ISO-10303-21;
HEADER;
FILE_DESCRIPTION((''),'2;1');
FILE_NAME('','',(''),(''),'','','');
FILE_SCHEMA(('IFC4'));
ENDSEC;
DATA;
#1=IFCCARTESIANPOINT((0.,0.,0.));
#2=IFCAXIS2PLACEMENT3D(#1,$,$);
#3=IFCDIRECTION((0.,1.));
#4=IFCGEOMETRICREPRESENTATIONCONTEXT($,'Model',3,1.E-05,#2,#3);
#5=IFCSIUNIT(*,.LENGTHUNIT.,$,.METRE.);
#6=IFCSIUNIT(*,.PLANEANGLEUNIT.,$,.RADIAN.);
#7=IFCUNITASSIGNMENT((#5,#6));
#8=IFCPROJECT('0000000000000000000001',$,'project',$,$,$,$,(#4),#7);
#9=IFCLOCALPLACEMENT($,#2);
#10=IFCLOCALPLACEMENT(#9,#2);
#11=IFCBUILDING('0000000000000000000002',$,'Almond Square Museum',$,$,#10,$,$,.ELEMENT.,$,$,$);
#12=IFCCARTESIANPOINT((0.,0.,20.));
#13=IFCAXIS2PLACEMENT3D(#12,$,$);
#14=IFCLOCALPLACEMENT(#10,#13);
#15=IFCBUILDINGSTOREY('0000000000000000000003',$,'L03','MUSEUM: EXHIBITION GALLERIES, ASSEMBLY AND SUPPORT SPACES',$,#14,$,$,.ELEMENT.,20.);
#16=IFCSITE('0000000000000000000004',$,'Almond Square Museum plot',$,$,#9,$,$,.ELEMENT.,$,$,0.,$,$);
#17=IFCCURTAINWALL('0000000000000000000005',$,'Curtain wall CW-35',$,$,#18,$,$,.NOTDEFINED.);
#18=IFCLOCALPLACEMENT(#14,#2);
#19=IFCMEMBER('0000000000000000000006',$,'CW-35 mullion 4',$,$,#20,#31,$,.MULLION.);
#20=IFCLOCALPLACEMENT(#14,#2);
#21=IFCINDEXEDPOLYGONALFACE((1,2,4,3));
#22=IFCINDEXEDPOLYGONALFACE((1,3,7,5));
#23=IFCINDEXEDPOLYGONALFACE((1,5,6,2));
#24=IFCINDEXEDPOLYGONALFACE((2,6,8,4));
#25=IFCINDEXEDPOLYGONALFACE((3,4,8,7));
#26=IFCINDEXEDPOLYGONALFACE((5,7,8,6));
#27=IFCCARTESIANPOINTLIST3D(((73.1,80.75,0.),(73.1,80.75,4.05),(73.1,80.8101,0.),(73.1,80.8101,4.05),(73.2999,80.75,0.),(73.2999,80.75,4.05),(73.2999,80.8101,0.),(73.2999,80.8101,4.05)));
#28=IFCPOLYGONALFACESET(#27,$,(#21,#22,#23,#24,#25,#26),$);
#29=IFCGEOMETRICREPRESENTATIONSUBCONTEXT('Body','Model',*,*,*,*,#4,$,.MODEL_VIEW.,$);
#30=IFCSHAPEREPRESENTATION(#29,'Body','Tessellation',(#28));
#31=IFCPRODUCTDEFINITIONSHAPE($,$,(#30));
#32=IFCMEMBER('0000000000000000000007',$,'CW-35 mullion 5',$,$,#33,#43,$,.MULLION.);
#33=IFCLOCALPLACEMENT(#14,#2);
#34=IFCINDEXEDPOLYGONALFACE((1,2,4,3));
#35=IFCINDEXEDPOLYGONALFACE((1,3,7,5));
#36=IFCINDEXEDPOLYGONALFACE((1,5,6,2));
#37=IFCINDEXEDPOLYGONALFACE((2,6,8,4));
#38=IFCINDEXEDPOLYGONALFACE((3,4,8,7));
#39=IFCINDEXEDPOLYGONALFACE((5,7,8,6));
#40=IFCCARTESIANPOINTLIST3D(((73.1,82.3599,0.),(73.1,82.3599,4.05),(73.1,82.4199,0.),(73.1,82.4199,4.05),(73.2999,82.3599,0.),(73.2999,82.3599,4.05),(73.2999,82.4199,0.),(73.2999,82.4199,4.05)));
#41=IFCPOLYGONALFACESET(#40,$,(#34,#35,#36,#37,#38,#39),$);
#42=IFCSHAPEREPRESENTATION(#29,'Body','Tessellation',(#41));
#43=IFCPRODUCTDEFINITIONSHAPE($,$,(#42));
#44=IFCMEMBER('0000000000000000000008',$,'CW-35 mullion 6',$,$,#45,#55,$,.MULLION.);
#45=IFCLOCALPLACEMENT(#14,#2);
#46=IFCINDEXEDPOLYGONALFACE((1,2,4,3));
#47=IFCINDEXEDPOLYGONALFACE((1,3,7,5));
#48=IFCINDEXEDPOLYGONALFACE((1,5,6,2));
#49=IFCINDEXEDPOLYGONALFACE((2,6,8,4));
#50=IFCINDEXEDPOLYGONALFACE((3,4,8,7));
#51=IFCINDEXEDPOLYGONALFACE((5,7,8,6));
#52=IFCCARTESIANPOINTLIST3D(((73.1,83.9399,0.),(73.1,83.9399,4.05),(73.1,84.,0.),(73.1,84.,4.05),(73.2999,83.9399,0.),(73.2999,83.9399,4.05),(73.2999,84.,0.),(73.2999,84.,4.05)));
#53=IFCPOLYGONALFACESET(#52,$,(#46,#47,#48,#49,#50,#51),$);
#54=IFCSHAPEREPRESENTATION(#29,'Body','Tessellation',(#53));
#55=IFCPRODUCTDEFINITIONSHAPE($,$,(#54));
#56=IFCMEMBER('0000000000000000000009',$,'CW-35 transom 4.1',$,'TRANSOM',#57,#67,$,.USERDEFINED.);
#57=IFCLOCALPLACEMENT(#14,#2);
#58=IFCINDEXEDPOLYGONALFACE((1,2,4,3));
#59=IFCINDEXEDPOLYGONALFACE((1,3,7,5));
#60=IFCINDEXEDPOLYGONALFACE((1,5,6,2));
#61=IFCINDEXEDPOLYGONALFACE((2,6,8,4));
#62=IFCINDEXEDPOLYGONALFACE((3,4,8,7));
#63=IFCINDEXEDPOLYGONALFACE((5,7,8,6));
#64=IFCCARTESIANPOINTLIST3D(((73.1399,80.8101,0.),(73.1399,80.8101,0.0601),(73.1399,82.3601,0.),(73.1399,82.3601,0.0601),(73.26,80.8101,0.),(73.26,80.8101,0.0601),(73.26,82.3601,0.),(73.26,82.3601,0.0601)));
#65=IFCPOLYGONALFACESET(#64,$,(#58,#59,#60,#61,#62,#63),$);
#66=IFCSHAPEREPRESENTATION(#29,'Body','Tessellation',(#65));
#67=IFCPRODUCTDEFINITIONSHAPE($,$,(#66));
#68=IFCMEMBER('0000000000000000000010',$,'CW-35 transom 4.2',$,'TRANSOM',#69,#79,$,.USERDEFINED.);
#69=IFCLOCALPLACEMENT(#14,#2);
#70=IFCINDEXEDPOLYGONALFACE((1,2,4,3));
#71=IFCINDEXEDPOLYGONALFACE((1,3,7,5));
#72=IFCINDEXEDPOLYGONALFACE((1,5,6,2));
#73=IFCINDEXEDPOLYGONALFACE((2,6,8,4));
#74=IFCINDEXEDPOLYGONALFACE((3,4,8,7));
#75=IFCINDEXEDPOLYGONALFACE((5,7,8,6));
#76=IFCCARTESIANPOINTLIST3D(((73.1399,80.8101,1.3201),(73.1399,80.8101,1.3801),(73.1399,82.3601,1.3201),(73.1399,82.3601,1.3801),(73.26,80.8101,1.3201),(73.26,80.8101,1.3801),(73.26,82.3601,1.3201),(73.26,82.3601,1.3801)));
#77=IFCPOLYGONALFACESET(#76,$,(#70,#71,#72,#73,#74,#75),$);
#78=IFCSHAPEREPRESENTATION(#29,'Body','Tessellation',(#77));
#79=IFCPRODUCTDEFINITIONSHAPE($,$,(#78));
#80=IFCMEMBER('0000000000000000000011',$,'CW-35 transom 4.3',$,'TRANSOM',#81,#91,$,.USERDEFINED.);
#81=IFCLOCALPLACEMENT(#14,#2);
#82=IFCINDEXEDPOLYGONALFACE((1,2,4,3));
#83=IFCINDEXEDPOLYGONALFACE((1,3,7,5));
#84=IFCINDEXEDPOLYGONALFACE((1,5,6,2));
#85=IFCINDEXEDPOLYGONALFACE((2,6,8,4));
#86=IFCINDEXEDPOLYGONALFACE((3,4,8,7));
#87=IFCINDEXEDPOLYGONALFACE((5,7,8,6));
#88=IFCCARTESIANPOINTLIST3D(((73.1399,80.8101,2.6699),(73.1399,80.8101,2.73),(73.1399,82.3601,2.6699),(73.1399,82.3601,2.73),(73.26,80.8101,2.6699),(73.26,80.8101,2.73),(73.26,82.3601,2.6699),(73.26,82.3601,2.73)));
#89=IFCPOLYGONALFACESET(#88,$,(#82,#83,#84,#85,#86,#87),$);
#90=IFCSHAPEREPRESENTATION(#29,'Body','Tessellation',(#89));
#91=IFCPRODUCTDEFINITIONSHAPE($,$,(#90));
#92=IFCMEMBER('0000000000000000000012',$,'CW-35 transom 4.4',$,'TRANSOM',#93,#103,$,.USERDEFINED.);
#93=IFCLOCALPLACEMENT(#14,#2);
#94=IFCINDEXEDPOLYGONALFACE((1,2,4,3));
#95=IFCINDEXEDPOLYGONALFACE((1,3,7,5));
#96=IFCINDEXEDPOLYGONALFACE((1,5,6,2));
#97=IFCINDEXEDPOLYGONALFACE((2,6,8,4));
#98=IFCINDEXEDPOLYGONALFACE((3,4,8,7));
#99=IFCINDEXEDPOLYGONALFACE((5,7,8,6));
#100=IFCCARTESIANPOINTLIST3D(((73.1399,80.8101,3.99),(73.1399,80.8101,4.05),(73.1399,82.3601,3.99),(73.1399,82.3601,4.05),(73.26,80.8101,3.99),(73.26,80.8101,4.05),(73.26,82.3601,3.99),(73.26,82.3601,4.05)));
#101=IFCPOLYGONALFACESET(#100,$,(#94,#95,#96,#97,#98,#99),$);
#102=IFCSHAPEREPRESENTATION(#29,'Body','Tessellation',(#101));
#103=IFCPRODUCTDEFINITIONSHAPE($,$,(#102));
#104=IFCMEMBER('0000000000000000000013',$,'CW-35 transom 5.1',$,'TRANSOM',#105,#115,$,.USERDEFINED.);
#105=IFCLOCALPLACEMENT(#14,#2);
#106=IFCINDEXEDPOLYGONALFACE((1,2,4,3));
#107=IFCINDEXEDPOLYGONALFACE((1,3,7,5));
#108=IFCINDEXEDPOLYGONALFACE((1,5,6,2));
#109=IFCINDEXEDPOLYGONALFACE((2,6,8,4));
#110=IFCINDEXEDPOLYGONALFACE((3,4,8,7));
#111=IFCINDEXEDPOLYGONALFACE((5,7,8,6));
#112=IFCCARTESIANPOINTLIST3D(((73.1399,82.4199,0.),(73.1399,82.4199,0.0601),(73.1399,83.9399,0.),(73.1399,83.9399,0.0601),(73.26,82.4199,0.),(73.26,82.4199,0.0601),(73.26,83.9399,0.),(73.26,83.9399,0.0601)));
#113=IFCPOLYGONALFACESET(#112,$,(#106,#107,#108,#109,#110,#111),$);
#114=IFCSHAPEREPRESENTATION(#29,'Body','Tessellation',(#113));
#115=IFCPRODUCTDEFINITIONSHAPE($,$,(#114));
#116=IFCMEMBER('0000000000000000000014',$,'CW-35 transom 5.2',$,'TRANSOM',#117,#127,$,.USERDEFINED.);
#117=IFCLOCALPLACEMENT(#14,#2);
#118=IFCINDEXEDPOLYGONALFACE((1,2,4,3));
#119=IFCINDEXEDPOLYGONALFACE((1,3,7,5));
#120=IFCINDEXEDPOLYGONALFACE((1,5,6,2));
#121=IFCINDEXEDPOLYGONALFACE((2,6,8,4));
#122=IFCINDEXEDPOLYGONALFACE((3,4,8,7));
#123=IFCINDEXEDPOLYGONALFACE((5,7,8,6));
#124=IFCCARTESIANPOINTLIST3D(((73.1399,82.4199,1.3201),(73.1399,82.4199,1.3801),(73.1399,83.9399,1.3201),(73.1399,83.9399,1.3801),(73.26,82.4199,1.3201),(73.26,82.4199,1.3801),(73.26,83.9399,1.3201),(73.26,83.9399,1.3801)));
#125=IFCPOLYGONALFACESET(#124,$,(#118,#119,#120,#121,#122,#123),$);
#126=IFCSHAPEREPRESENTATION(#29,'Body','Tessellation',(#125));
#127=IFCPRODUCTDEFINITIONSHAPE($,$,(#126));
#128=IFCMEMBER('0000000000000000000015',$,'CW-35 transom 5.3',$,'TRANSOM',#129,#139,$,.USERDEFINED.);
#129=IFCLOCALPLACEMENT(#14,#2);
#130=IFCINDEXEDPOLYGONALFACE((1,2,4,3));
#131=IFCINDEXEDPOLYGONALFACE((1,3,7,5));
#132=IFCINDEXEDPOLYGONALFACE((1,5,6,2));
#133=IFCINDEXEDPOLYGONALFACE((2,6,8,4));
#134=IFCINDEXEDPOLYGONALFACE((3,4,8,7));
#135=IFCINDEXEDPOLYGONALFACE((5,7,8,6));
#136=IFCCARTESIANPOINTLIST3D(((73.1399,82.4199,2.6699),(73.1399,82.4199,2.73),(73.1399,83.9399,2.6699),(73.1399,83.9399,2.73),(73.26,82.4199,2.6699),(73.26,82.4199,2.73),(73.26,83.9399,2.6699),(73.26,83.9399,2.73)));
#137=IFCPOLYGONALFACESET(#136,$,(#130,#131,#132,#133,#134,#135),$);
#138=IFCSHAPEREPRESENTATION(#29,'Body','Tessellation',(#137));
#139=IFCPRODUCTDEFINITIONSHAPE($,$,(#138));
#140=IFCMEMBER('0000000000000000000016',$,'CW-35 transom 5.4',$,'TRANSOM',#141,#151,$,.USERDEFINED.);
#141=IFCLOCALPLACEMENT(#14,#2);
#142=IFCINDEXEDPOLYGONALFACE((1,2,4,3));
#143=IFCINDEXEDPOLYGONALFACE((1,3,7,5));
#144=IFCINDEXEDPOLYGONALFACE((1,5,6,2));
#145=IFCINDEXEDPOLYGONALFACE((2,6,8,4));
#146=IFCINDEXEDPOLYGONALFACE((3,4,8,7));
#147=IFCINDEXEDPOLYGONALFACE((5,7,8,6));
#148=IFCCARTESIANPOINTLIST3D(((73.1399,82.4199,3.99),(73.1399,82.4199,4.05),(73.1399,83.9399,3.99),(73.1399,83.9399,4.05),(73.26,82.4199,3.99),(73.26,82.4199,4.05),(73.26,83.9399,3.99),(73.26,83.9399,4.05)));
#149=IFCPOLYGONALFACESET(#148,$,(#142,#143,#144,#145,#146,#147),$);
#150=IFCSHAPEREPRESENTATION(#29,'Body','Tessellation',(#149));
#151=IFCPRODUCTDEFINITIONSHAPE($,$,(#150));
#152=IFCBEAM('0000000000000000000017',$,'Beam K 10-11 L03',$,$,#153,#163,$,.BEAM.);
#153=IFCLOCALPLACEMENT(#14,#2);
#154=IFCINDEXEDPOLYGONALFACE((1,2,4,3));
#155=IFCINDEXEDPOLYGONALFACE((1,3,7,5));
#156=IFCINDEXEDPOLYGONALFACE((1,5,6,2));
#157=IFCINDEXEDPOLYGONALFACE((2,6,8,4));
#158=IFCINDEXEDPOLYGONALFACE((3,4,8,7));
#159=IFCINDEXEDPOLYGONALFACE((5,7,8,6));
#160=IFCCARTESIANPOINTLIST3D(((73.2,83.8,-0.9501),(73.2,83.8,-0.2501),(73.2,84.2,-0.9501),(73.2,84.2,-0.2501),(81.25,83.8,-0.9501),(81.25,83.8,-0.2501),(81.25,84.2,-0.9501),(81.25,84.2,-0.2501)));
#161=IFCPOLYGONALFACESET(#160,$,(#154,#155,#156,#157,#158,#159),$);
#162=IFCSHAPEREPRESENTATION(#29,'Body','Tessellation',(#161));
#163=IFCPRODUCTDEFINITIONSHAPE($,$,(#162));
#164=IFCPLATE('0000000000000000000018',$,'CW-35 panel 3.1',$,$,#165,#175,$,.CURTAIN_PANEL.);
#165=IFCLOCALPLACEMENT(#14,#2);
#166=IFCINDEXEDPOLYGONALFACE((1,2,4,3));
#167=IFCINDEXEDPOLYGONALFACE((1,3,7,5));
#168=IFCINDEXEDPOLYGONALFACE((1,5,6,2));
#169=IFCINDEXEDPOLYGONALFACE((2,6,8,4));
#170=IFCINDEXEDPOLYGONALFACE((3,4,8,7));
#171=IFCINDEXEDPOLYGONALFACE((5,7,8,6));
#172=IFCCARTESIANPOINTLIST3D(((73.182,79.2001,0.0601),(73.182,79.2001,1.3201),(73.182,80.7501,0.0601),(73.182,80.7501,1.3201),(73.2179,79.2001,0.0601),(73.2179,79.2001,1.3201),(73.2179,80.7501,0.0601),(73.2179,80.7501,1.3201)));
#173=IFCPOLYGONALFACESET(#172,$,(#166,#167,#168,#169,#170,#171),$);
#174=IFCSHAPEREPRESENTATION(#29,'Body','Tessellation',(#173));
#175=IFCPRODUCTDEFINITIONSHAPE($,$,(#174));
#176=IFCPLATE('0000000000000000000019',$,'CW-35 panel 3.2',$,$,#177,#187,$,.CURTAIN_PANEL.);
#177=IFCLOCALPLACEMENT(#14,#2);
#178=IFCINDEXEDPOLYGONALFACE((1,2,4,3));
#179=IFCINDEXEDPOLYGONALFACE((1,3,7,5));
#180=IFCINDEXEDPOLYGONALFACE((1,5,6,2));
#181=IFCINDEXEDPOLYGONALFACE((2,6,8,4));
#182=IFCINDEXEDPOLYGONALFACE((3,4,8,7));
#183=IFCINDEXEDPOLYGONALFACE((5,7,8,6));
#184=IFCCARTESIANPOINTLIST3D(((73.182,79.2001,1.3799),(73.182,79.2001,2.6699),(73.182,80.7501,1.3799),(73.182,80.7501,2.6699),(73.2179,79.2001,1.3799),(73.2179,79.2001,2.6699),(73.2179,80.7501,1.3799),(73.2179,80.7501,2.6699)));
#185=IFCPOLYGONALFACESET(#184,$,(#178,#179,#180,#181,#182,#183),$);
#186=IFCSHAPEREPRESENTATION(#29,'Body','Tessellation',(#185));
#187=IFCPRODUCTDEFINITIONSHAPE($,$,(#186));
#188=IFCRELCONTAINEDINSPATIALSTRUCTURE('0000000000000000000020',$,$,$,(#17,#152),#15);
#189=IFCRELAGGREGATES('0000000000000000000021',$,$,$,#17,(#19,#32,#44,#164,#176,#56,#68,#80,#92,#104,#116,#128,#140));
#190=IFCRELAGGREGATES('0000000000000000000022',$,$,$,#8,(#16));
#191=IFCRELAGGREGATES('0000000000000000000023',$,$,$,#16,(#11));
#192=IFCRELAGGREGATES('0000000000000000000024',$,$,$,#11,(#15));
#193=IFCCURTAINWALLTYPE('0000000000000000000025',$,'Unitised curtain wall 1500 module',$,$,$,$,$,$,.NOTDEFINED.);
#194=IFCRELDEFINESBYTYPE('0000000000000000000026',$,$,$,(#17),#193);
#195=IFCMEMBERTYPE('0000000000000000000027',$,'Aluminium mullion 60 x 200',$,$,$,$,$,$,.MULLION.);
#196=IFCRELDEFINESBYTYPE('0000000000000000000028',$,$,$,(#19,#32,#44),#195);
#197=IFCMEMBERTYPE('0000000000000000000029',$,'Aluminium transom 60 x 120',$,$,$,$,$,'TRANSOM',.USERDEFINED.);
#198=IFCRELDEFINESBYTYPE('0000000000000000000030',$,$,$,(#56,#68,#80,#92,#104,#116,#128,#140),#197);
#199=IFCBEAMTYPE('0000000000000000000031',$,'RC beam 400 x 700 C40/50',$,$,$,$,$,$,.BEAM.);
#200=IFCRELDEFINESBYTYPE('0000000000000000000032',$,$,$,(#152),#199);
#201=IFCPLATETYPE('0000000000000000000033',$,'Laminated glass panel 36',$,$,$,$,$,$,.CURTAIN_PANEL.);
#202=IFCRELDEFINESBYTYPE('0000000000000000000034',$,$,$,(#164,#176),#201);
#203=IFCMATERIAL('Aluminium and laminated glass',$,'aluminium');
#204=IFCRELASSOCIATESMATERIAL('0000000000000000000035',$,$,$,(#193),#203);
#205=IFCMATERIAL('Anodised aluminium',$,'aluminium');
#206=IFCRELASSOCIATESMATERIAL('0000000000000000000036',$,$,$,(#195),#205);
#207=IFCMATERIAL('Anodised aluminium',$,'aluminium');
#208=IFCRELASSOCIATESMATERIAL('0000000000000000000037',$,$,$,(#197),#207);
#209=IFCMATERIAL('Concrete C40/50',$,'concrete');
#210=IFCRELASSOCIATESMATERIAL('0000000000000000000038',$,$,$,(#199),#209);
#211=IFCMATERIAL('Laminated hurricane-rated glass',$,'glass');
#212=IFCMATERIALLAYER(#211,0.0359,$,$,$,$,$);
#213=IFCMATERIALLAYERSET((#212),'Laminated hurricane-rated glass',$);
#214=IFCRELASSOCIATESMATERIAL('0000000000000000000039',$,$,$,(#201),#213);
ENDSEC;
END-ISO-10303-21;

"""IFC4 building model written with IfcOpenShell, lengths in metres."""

from ifc_helpers import new_model, si_unit, direction, frame, origin, origin_2d, place, context, subcontext, project, spatial, rectangle, extrude, material, layer, layer_set, material_profile, profile_set, type_object, element, aggregate, save


model = new_model("IFC4")

# Units and contexts
model_context = context("Model", 3, precision=1e-05, world=origin(), true_north=direction((0.0, 1.0)))
body_context = subcontext(model_context, "Body", "Model", "MODEL_VIEW")
ifc_project = project(units=[si_unit("LENGTHUNIT", "METRE"), si_unit("PLANEANGLEUNIT", "RADIAN")], contexts=[model_context])

# Site, building, storey
site_placement = place(None, origin())
site = spatial("IfcSite", under=ifc_project, at=site_placement, Name="Almond Square Museum plot", CompositionType="ELEMENT", RefElevation=0.0)
building_placement = place(site_placement, origin())
building = spatial("IfcBuilding", under=site, at=building_placement, Name="Almond Square Museum", CompositionType="ELEMENT")
storey_placement = place(building_placement, frame((0.0, 0.0, 20.0)))
storey = spatial("IfcBuildingStorey", under=building, at=storey_placement, Name="L03", Description="MUSEUM: EXHIBITION GALLERIES, ASSEMBLY AND SUPPORT SPACES", CompositionType="ELEMENT", Elevation=20.0)

# Curtain wall, members
ifc_material_1 = material(Name="Aluminium and laminated glass", Category="aluminium")
curtain_wall_type = type_object("IfcCurtainWallType", Name="Unitised curtain wall 1500 module", PredefinedType="NOTDEFINED", material=ifc_material_1)
curtain_wall_placement = place(storey_placement, origin())
curtain_wall = element("IfcCurtainWall", 1, at=curtain_wall_placement, inside=storey, type_object=curtain_wall_type, Name="Curtain wall CW-35", PredefinedType="NOTDEFINED")
ifc_material_2 = material(Name="Anodised aluminium", Category="aluminium")
ifc_material_profile_1 = material_profile(ifc_material_2, rectangle(XDim=0.2, YDim=0.0601, at=origin_2d()))
ifc_profile_set_1 = profile_set([ifc_material_profile_1], Name="Anodised aluminium")
member_type_1 = type_object("IfcMemberType", Name="Aluminium mullion 60 x 200", PredefinedType="MULLION", material=ifc_profile_set_1)
member_1_placement = place(storey_placement, frame((73.2, 80.78, 0.0), z_axis=(0.0, 0.0, 1.0), x_axis=(-1.0, 0.0, 0.0)))
member_1 = element("IfcMember", 2, at=member_1_placement, type_object=member_type_1, Name="CW-35 mullion 4", PredefinedType="MULLION", context=body_context, shape_type="SweptSolid", body=[
    extrude(rectangle(XDim=0.2, YDim=0.0601, at=origin_2d()), origin(), (0.0, 0.0, 1.0), 4.05),
])
member_2_placement = place(storey_placement, frame((73.2, 82.3899, 0.0), z_axis=(0.0, 0.0, 1.0), x_axis=(-1.0, 0.0, 0.0)))
member_2 = element("IfcMember", 3, at=member_2_placement, type_object=member_type_1, Name="CW-35 mullion 5", PredefinedType="MULLION", context=body_context, shape_type="SweptSolid", body=[
    extrude(rectangle(XDim=0.2, YDim=0.0601, at=origin_2d()), origin(), (0.0, 0.0, 1.0), 4.05),
])
member_3_placement = place(storey_placement, frame((73.2, 83.97, 0.0), z_axis=(0.0, 0.0, 1.0), x_axis=(-1.0, 0.0, 0.0)))
member_3 = element("IfcMember", 4, at=member_3_placement, type_object=member_type_1, Name="CW-35 mullion 6", PredefinedType="MULLION", context=body_context, shape_type="SweptSolid", body=[
    extrude(rectangle(XDim=0.2, YDim=0.0601, at=origin_2d()), origin(), (0.0, 0.0, 1.0), 4.05),
])
ifc_material_3 = material(Name="Anodised aluminium", Category="aluminium")
ifc_material_profile_2 = material_profile(ifc_material_3, rectangle(XDim=0.1201, YDim=0.0601, at=origin_2d()))
ifc_profile_set_2 = profile_set([ifc_material_profile_2], Name="Anodised aluminium")
member_type_2 = type_object("IfcMemberType", Name="Aluminium transom 60 x 120", ElementType="TRANSOM", PredefinedType="USERDEFINED", material=ifc_profile_set_2)
member_4_placement = place(storey_placement, frame((73.2, 80.8101, 0.03), z_axis=(0.0, 1.0, 0.0), x_axis=(-1.0, 0.0, 0.0)))
member_4 = element("IfcMember", 5, at=member_4_placement, type_object=member_type_2, Name="CW-35 transom 4.1", ObjectType="TRANSOM", PredefinedType="USERDEFINED", context=body_context, shape_type="SweptSolid", body=[
    extrude(rectangle(XDim=0.1201, YDim=0.0601, at=origin_2d()), origin(), (0.0, 0.0, 1.0), 1.55),
])
member_5_placement = place(storey_placement, frame((73.2, 80.8101, 1.3501), z_axis=(0.0, 1.0, 0.0), x_axis=(-1.0, 0.0, 0.0)))
member_5 = element("IfcMember", 6, at=member_5_placement, type_object=member_type_2, Name="CW-35 transom 4.2", ObjectType="TRANSOM", PredefinedType="USERDEFINED", context=body_context, shape_type="SweptSolid", body=[
    extrude(rectangle(XDim=0.1201, YDim=0.0601, at=origin_2d()), origin(), (0.0, 0.0, 1.0), 1.55),
])
member_6_placement = place(storey_placement, frame((73.2, 80.8101, 2.7), z_axis=(0.0, 1.0, 0.0), x_axis=(-1.0, 0.0, 0.0)))
member_6 = element("IfcMember", 7, at=member_6_placement, type_object=member_type_2, Name="CW-35 transom 4.3", ObjectType="TRANSOM", PredefinedType="USERDEFINED", context=body_context, shape_type="SweptSolid", body=[
    extrude(rectangle(XDim=0.1201, YDim=0.0601, at=origin_2d()), origin(), (0.0, 0.0, 1.0), 1.55),
])
member_7_placement = place(storey_placement, frame((73.2, 80.8101, 4.02), z_axis=(0.0, 1.0, 0.0), x_axis=(-1.0, 0.0, 0.0)))
member_7 = element("IfcMember", 8, at=member_7_placement, type_object=member_type_2, Name="CW-35 transom 4.4", ObjectType="TRANSOM", PredefinedType="USERDEFINED", context=body_context, shape_type="SweptSolid", body=[
    extrude(rectangle(XDim=0.1201, YDim=0.0601, at=origin_2d()), origin(), (0.0, 0.0, 1.0), 1.55),
])
member_8_placement = place(storey_placement, frame((73.2, 82.4199, 0.03), z_axis=(0.0, 1.0, 0.0), x_axis=(-1.0, 0.0, 0.0)))
member_8 = element("IfcMember", 9, at=member_8_placement, type_object=member_type_2, Name="CW-35 transom 5.1", ObjectType="TRANSOM", PredefinedType="USERDEFINED", context=body_context, shape_type="SweptSolid", body=[
    extrude(rectangle(XDim=0.1201, YDim=0.0601, at=origin_2d()), origin(), (0.0, 0.0, 1.0), 1.52),
])
member_9_placement = place(storey_placement, frame((73.2, 82.4199, 1.3501), z_axis=(0.0, 1.0, 0.0), x_axis=(-1.0, 0.0, 0.0)))
member_9 = element("IfcMember", 10, at=member_9_placement, type_object=member_type_2, Name="CW-35 transom 5.2", ObjectType="TRANSOM", PredefinedType="USERDEFINED", context=body_context, shape_type="SweptSolid", body=[
    extrude(rectangle(XDim=0.1201, YDim=0.0601, at=origin_2d()), origin(), (0.0, 0.0, 1.0), 1.52),
])
member_10_placement = place(storey_placement, frame((73.2, 82.4199, 2.7), z_axis=(0.0, 1.0, 0.0), x_axis=(-1.0, 0.0, 0.0)))
member_10 = element("IfcMember", 11, at=member_10_placement, type_object=member_type_2, Name="CW-35 transom 5.3", ObjectType="TRANSOM", PredefinedType="USERDEFINED", context=body_context, shape_type="SweptSolid", body=[
    extrude(rectangle(XDim=0.1201, YDim=0.0601, at=origin_2d()), origin(), (0.0, 0.0, 1.0), 1.52),
])
member_11_placement = place(storey_placement, frame((73.2, 82.4199, 4.02), z_axis=(0.0, 1.0, 0.0), x_axis=(-1.0, 0.0, 0.0)))
member_11 = element("IfcMember", 12, at=member_11_placement, type_object=member_type_2, Name="CW-35 transom 5.4", ObjectType="TRANSOM", PredefinedType="USERDEFINED", context=body_context, shape_type="SweptSolid", body=[
    extrude(rectangle(XDim=0.1201, YDim=0.0601, at=origin_2d()), origin(), (0.0, 0.0, 1.0), 1.52),
])

# Beam
ifc_material_4 = material(Name="Concrete C40/50", Category="concrete")
ifc_material_profile_3 = material_profile(ifc_material_4, rectangle(XDim=0.3999, YDim=0.7, at=origin_2d()))
ifc_profile_set_3 = profile_set([ifc_material_profile_3], Name="Concrete C40/50")
beam_type = type_object("IfcBeamType", Name="RC beam 400 x 700 C40/50", PredefinedType="BEAM", material=ifc_profile_set_3)
beam_placement = place(storey_placement, frame((73.2, 84.0, -0.6001), z_axis=(1.0, 0.0, 0.0), x_axis=(0.0, 1.0, 0.0)))
element("IfcBeam", 13, at=beam_placement, inside=storey, type_object=beam_type, Name="Beam K 10-11 L03", PredefinedType="BEAM", context=body_context, shape_type="SweptSolid", body=[
    extrude(rectangle(XDim=0.3999, YDim=0.7, at=origin_2d()), origin(), (0.0, 0.0, 1.0), 8.05),
])

# Plates
ifc_material_5 = material(Name="Laminated hurricane-rated glass", Category="glass")
ifc_layer = layer(ifc_material_5, 0.0359)
ifc_layer_set = layer_set([ifc_layer], Name="Laminated hurricane-rated glass")
plate_type = type_object("IfcPlateType", Name="Laminated glass panel 36", PredefinedType="CURTAIN_PANEL", material=ifc_layer_set)
plate_1_placement = place(storey_placement, frame((73.2, 79.9751, 0.0601), z_axis=(0.0, 0.0, 1.0), x_axis=(0.0, 1.0, 0.0)))
plate_1 = element("IfcPlate", 14, at=plate_1_placement, type_object=plate_type, Name="CW-35 panel 3.1", PredefinedType="CURTAIN_PANEL", context=body_context, shape_type="SweptSolid", body=[
    extrude(rectangle(XDim=1.55, YDim=0.0359, at=origin_2d()), origin(), (0.0, 0.0, 1.0), 1.26),
])
plate_2_placement = place(storey_placement, frame((73.2, 79.9751, 1.3799), z_axis=(0.0, 0.0, 1.0), x_axis=(0.0, 1.0, 0.0)))
plate_2 = element("IfcPlate", 15, at=plate_2_placement, type_object=plate_type, Name="CW-35 panel 3.2", PredefinedType="CURTAIN_PANEL", context=body_context, shape_type="SweptSolid", body=[
    extrude(rectangle(XDim=1.55, YDim=0.0359, at=origin_2d()), origin(), (0.0, 0.0, 1.0), 1.29),
])
aggregate(curtain_wall, [member_1, member_2, member_3, plate_1, plate_2, member_4, member_5, member_6, member_7, member_8, member_9, member_10, member_11])

save(model, "model.ifc")
